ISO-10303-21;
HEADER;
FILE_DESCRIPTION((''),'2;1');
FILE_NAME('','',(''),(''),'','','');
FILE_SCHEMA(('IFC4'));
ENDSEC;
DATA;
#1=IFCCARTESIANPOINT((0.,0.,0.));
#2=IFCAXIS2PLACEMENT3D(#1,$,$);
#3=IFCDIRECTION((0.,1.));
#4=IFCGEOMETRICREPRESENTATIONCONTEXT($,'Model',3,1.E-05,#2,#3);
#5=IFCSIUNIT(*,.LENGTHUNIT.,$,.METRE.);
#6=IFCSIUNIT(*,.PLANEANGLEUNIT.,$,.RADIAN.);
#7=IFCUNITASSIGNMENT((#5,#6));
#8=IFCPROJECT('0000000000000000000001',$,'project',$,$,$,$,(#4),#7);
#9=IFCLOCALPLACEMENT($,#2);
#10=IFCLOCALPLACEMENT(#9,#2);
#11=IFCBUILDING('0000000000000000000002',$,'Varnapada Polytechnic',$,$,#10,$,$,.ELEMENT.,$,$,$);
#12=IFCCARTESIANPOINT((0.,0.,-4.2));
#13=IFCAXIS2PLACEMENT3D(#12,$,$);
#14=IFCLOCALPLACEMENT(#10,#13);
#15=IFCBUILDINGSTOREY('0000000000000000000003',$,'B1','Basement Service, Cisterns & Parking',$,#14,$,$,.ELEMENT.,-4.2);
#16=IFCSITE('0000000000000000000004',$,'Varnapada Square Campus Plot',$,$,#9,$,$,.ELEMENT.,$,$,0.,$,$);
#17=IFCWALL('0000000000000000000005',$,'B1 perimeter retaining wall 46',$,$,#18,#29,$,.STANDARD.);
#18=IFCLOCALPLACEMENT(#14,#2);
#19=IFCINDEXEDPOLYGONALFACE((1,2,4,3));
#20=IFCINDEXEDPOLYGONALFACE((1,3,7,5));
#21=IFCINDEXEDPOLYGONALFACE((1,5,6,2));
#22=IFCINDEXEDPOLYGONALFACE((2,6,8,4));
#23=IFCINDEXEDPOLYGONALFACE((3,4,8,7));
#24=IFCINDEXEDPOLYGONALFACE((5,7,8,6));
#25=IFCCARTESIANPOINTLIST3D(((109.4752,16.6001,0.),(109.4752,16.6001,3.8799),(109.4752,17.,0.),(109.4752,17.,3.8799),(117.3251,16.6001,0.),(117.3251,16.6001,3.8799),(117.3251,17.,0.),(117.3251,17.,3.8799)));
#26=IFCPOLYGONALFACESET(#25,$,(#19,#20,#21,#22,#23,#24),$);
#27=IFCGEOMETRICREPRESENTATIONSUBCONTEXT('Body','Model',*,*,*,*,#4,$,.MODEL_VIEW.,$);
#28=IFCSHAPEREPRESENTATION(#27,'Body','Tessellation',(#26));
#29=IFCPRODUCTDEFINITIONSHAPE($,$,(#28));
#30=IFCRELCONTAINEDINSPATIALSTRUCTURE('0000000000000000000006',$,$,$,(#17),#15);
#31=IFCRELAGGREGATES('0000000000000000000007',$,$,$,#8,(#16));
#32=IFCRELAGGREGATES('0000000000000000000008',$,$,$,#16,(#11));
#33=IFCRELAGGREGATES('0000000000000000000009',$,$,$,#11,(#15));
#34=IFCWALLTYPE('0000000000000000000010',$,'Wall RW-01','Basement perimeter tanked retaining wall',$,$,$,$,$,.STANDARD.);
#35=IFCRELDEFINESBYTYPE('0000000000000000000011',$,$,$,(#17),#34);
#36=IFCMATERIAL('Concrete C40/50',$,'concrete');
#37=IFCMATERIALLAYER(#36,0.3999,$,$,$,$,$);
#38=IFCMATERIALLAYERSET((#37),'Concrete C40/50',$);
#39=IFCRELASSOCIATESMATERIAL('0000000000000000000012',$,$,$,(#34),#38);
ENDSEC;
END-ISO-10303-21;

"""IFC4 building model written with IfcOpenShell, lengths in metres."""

from ifc_helpers import new_model, si_unit, direction, frame, frame_2d, origin, place, context, subcontext, project, spatial, rectangle, extrude, material, layer, layer_set, type_object, element, save


model = new_model("IFC4")

# Units and contexts
model_context = context("Model", 3, precision=1e-05, world=origin(), true_north=direction((0.0, 1.0)))
body_context = subcontext(model_context, "Body", "Model", "MODEL_VIEW")
ifc_project = project(units=[si_unit("LENGTHUNIT", "METRE"), si_unit("PLANEANGLEUNIT", "RADIAN")], contexts=[model_context])

# Site, building, storey
site_placement = place(None, origin())
site = spatial("IfcSite", under=ifc_project, at=site_placement, Name="Varnapada Square Campus Plot", CompositionType="ELEMENT", RefElevation=0.0)
building_placement = place(site_placement, origin())
building = spatial("IfcBuilding", under=site, at=building_placement, Name="Varnapada Polytechnic", CompositionType="ELEMENT")
storey_placement = place(building_placement, frame((0.0, 0.0, -4.2)))
storey = spatial("IfcBuildingStorey", under=building, at=storey_placement, Name="B1", Description="Basement Service, Cisterns & Parking", CompositionType="ELEMENT", Elevation=-4.2)

# Shared definitions
ifc_material_1 = material(Name="Concrete C40/50", Category="concrete")

# Wall
ifc_layer_1 = layer(ifc_material_1, 0.3999)
ifc_layer_set_1 = layer_set([ifc_layer_1], Name="Concrete C40/50")
wall_type_1 = type_object("IfcWallType", Name="Wall RW-01", Description="Basement perimeter tanked retaining wall", PredefinedType="STANDARD", material=ifc_layer_set_1)
wall_1_placement = place(storey_placement, frame((117.325, 16.8, 0.0), z_axis=(0.0, 0.0, 1.0), x_axis=(-1.0, 0.0, 0.0)))
element("IfcWall", 1, at=wall_1_placement, inside=storey, type_object=wall_type_1, Name="B1 perimeter retaining wall 46", PredefinedType="STANDARD", context=body_context, shape_type="SweptSolid", body=[
    extrude(rectangle(XDim=7.8499, YDim=0.3999, at=frame_2d((3.9248, 0.0))), origin(), (0.0, 0.0, 1.0), 3.8799),
])

save(model, "model.ifc")
